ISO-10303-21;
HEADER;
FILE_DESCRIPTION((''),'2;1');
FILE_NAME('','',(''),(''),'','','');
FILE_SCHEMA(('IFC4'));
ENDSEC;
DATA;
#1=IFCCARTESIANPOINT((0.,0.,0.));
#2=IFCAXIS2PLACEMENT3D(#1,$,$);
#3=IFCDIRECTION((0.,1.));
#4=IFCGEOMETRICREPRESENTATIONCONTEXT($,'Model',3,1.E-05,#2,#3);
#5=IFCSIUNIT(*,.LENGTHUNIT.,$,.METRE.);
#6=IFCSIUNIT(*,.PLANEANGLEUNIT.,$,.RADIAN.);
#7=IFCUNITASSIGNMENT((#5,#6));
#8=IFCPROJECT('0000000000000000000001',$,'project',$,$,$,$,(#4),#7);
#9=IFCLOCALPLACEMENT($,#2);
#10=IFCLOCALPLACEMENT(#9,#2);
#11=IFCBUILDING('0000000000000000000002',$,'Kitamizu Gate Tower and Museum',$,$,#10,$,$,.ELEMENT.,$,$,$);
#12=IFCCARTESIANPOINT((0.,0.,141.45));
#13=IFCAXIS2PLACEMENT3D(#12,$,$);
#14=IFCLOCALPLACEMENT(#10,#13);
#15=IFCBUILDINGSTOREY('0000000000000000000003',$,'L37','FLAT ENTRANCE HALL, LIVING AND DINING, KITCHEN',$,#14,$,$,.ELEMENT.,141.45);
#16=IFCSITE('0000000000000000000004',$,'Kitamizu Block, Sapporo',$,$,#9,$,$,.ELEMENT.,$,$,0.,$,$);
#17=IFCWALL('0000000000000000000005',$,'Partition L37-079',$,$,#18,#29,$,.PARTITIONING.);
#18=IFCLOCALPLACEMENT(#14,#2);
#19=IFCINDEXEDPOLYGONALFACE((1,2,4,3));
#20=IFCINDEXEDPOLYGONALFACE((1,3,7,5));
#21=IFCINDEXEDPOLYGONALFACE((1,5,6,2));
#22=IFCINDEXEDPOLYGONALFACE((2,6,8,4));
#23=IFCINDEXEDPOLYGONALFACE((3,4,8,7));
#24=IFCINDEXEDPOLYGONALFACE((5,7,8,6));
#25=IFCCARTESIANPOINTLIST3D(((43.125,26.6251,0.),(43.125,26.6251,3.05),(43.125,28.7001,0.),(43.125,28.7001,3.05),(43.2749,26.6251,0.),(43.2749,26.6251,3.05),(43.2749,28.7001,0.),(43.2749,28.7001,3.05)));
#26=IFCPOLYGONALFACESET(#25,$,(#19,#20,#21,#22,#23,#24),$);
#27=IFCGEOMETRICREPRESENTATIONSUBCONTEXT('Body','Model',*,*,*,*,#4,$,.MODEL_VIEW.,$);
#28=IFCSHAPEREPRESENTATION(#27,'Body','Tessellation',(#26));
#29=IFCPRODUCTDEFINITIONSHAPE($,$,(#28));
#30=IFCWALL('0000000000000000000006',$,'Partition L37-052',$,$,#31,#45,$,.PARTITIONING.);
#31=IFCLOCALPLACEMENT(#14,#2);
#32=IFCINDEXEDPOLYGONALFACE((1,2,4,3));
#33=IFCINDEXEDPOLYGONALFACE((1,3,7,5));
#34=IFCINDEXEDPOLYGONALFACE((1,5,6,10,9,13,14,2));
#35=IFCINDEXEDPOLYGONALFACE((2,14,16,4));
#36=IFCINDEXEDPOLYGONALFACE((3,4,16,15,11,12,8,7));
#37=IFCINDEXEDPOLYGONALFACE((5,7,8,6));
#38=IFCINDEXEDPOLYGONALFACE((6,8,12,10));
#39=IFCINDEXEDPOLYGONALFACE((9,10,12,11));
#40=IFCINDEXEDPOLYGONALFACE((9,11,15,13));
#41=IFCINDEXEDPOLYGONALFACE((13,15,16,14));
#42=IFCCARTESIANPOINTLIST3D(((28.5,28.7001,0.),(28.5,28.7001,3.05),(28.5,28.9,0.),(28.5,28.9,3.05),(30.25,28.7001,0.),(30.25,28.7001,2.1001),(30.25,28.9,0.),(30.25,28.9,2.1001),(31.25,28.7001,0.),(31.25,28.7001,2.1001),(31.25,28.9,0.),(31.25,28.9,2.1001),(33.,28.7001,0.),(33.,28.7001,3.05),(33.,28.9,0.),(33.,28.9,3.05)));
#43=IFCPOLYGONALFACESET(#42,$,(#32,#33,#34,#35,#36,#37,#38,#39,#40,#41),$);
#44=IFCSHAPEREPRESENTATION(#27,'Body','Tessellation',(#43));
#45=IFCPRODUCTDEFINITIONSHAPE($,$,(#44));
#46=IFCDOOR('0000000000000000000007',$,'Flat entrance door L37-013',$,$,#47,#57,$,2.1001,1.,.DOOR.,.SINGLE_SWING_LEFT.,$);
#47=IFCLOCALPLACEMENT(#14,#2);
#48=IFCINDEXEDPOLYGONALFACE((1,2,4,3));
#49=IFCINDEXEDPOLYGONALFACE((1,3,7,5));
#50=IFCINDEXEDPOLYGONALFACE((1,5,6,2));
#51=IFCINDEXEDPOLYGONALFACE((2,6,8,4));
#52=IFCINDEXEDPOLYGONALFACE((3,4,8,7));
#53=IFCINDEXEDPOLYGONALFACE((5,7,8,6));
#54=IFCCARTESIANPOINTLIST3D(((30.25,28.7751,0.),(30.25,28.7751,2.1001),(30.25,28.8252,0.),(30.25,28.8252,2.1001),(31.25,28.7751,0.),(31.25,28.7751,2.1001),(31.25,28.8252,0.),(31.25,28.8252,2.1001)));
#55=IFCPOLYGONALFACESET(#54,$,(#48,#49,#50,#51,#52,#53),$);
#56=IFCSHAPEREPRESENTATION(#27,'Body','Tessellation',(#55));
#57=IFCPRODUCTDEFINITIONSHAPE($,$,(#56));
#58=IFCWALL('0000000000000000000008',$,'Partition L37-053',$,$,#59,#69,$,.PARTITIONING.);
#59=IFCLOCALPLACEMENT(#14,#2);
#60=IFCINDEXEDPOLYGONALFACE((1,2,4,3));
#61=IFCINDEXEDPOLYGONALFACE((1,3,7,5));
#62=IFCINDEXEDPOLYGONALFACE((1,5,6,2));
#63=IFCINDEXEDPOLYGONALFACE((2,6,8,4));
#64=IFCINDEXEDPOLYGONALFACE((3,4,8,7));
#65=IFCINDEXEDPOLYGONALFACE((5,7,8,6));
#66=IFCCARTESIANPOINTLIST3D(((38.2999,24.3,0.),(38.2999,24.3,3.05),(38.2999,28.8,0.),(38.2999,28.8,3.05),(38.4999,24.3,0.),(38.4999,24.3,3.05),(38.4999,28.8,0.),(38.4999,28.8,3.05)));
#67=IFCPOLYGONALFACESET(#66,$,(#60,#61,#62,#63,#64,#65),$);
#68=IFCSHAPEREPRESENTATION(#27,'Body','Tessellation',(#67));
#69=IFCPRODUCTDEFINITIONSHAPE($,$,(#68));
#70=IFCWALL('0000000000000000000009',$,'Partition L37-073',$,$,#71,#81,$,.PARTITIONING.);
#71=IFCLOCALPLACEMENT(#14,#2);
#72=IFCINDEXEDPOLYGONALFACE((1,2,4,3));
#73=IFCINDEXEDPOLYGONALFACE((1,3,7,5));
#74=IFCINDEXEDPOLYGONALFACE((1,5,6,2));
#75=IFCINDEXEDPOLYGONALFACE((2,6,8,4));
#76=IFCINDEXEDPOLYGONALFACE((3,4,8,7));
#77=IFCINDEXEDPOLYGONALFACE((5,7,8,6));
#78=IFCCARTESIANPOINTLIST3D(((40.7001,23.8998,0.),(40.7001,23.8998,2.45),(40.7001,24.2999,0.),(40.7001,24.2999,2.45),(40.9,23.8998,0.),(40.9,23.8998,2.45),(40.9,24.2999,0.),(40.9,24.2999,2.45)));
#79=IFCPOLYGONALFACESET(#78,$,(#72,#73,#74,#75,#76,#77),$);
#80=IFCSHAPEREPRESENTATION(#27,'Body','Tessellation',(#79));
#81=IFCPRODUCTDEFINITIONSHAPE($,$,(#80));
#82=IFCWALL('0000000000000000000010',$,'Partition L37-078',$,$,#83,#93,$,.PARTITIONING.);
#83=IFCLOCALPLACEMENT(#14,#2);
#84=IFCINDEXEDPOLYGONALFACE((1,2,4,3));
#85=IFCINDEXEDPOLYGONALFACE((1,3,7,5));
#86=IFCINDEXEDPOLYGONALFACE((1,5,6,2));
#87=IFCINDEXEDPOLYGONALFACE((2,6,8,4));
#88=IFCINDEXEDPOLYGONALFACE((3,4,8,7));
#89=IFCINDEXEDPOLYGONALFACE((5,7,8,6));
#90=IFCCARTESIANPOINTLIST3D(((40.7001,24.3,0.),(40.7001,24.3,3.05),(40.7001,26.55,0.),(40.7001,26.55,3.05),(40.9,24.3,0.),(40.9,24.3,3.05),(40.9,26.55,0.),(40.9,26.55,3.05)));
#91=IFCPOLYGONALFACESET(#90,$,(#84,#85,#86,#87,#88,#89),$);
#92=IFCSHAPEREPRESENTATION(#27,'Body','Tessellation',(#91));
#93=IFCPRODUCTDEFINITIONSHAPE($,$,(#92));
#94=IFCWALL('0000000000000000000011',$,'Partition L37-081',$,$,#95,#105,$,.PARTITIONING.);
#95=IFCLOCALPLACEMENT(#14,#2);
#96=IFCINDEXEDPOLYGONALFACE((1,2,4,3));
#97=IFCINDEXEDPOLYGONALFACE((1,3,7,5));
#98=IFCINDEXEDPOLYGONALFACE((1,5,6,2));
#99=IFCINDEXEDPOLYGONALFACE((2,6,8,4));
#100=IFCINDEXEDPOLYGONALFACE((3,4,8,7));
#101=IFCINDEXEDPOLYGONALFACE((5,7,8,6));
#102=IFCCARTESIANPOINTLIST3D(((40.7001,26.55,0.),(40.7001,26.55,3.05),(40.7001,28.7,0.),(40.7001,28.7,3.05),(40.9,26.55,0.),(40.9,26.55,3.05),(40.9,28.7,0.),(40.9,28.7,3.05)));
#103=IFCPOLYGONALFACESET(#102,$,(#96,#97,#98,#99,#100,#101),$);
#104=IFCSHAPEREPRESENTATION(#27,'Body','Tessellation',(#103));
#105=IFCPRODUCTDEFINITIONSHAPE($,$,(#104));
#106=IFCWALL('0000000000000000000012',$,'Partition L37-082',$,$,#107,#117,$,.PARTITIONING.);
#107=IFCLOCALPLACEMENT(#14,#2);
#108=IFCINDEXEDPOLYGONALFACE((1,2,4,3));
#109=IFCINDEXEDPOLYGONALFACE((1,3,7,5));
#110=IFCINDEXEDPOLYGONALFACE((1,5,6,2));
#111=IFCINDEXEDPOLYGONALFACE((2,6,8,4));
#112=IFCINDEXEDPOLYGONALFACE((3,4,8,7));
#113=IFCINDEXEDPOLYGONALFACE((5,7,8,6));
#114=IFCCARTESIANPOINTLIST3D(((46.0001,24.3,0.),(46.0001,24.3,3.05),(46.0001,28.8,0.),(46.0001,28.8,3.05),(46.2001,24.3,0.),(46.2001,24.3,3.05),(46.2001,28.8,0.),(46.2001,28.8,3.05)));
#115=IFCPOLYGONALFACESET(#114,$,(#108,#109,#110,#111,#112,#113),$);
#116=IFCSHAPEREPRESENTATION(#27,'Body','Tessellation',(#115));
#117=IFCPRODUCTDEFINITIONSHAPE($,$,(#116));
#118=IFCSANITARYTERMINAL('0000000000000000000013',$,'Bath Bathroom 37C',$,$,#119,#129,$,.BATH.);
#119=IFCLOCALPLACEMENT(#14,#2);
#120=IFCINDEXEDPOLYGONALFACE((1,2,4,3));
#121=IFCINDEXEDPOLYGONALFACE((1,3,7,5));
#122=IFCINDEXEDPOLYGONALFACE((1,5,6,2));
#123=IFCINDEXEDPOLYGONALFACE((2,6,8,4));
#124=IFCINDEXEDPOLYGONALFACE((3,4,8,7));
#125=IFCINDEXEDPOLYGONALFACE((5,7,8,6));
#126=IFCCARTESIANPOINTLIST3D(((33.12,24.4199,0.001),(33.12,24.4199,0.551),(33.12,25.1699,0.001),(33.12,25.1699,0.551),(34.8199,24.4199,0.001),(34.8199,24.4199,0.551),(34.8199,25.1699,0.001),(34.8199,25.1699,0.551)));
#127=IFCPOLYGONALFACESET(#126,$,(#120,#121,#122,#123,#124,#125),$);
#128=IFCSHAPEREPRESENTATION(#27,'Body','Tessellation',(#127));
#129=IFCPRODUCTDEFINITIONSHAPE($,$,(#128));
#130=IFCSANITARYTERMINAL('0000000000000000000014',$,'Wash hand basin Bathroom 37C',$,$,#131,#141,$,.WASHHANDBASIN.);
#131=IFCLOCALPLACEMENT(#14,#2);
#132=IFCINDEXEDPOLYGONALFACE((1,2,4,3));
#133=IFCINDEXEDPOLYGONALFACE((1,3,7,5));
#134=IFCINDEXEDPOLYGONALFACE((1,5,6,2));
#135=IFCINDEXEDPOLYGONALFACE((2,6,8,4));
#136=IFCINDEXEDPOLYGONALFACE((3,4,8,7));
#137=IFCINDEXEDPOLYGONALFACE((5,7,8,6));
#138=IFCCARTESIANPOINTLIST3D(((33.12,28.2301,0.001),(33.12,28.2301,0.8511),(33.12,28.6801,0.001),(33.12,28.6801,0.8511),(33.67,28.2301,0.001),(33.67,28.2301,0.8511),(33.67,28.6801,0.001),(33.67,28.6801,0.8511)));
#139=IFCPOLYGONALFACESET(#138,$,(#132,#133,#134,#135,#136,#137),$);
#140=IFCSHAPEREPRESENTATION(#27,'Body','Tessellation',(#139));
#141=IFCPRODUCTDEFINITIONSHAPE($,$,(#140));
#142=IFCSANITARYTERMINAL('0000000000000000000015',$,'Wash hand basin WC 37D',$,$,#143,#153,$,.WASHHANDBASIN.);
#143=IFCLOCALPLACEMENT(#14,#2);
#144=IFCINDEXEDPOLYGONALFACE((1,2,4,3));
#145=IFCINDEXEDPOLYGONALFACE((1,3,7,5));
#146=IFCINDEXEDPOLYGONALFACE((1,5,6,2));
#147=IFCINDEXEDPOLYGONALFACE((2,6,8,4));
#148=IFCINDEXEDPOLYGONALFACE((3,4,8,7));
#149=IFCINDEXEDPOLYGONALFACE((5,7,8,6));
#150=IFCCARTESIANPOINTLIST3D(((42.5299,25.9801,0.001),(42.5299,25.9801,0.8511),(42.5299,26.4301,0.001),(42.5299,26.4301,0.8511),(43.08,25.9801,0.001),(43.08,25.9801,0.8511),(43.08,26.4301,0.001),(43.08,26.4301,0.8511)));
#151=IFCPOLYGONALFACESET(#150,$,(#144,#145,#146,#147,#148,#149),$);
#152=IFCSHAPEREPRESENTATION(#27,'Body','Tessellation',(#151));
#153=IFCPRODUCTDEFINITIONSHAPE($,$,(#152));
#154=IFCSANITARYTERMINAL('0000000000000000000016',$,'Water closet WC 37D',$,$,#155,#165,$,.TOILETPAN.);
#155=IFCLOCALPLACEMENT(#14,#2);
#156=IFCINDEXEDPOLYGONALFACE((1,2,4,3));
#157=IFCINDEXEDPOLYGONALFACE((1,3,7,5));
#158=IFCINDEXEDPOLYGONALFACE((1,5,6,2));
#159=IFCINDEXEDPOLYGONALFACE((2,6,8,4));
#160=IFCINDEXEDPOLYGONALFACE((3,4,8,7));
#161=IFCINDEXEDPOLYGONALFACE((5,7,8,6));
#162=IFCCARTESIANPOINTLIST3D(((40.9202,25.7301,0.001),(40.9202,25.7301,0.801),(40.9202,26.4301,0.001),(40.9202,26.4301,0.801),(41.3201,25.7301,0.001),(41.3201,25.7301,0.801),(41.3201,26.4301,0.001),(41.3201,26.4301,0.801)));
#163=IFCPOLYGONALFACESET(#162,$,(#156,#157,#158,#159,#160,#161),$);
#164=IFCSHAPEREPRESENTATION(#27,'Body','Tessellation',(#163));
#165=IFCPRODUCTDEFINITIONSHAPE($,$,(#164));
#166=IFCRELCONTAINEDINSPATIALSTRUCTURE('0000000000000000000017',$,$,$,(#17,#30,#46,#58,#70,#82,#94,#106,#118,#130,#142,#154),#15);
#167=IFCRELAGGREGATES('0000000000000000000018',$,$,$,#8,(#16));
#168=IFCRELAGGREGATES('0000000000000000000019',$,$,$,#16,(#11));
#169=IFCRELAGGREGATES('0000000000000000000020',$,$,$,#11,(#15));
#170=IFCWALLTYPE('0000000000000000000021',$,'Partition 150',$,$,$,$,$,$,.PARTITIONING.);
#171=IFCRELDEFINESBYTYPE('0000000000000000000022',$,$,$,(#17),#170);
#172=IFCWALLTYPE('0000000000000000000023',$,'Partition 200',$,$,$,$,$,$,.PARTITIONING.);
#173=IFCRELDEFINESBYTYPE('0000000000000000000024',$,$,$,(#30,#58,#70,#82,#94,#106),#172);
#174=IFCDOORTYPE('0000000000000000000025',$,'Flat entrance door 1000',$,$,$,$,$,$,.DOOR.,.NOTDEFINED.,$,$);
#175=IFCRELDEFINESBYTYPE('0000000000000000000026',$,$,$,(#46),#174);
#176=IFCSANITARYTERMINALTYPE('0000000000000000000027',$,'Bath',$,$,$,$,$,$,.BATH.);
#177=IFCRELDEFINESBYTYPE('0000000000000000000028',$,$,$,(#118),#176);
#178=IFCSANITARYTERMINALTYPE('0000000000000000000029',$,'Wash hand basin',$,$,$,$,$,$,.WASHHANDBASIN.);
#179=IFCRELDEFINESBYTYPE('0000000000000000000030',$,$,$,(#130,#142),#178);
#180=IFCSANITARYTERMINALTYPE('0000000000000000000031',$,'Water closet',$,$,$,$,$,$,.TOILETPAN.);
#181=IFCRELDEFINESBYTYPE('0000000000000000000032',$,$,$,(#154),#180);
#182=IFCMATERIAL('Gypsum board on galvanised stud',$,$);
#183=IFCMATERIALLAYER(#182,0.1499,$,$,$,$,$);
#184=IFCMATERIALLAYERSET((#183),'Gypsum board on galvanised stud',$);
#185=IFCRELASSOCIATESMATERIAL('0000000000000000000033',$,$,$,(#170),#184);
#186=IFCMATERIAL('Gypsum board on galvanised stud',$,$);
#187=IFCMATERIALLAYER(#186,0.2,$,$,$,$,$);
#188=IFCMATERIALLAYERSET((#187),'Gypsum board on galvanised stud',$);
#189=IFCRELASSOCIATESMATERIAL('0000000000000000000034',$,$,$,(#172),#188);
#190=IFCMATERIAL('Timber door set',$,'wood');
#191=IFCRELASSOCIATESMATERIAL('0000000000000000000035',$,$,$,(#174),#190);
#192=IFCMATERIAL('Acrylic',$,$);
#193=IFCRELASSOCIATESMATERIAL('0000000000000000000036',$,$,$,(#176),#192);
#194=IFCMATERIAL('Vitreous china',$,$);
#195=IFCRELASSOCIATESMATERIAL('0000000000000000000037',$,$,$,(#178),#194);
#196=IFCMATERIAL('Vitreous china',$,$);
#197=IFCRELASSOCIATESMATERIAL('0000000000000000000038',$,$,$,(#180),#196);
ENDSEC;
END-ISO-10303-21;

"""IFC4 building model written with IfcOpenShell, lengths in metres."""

from ifc_helpers import new_model, si_unit, direction, frame, frame_2d, origin, origin_2d, place, context, subcontext, project, spatial, rectangle, extrude, material, layer, layer_set, type_object, element, fill, save


model = new_model("IFC4")

# Units and contexts
model_context = context("Model", 3, precision=1e-05, world=origin(), true_north=direction((0.0, 1.0)))
body_context = subcontext(model_context, "Body", "Model", "MODEL_VIEW")
ifc_project = project(units=[si_unit("LENGTHUNIT", "METRE"), si_unit("PLANEANGLEUNIT", "RADIAN")], contexts=[model_context])

# Site, building, storey
site_placement = place(None, origin())
site = spatial("IfcSite", under=ifc_project, at=site_placement, Name="Kitamizu Block, Sapporo", CompositionType="ELEMENT", RefElevation=0.0)
building_placement = place(site_placement, origin())
building = spatial("IfcBuilding", under=site, at=building_placement, Name="Kitamizu Gate Tower and Museum", CompositionType="ELEMENT")
storey_placement = place(building_placement, frame((0.0, 0.0, 141.45)))
storey = spatial("IfcBuildingStorey", under=building, at=storey_placement, Name="L37", Description="FLAT ENTRANCE HALL, LIVING AND DINING, KITCHEN", CompositionType="ELEMENT", Elevation=141.45)

# Shared definitions
ifc_material_1 = material(Name="Gypsum board on galvanised stud")
ifc_layer_1 = layer(ifc_material_1, 0.1499)
ifc_layer_set_1 = layer_set([ifc_layer_1], Name="Gypsum board on galvanised stud")
wall_type_1 = type_object("IfcWallType", Name="Partition 150", PredefinedType="PARTITIONING", material=ifc_layer_set_1)

# Wall
wall_1_placement = place(storey_placement, frame((43.2, 26.625, 0.0), z_axis=(0.0, 0.0, 1.0), x_axis=(0.0, 1.0, 0.0)))
element("IfcWall", 1, at=wall_1_placement, inside=storey, type_object=wall_type_1, Name="Partition L37-079", PredefinedType="PARTITIONING", context=body_context, shape_type="SweptSolid", body=[
    extrude(rectangle(XDim=2.075, YDim=0.1499, at=frame_2d((1.0376, 0.0))), origin(), (0.0, 0.0, 1.0), 3.05),
])

# Wall, opening, door
ifc_material_2 = material(Name="Gypsum board on galvanised stud")
ifc_layer_2 = layer(ifc_material_2, 0.2)
ifc_layer_set_2 = layer_set([ifc_layer_2], Name="Gypsum board on galvanised stud")
wall_type_2 = type_object("IfcWallType", Name="Partition 200", PredefinedType="PARTITIONING", material=ifc_layer_set_2)
wall_2_placement = place(storey_placement, frame((33.0, 28.8, 0.0), z_axis=(0.0, 0.0, 1.0), x_axis=(-1.0, 0.0, 0.0)))
wall_2 = element("IfcWall", 2, at=wall_2_placement, inside=storey, type_object=wall_type_2, Name="Partition L37-052", PredefinedType="PARTITIONING", context=body_context, shape_type="SweptSolid", body=[
    extrude(rectangle(XDim=4.5, YDim=0.2, at=frame_2d((2.25, 0.0))), origin(), (0.0, 0.0, 1.0), 3.05),
])
opening_1_placement = place(wall_2_placement, frame((1.75, 0.0, 0.0)))
opening_1 = element("IfcOpeningElement", 3, at=opening_1_placement, cuts=wall_2, PredefinedType="OPENING", context=body_context, shape_type="SweptSolid", body=[
    extrude(rectangle(XDim=1.0, YDim=2.1001, at=frame_2d((0.5, 1.05))), frame((0.0, 0.1099, 0.0), z_axis=(0.0, -1.0, 0.0), x_axis=(1.0, 0.0, 0.0)), (0.0, 0.0, 1.0), 0.22),
])
ifc_material_3 = material(Name="Timber door set", Category="wood")
door_type_1 = type_object("IfcDoorType", Name="Flat entrance door 1000", OperationType="NOTDEFINED", PredefinedType="DOOR", material=ifc_material_3)
door_1_placement = place(opening_1_placement, origin())
door_1 = element("IfcDoor", 4, at=door_1_placement, inside=storey, type_object=door_type_1, Name="Flat entrance door L37-013", OperationType="SINGLE_SWING_LEFT", OverallHeight=2.1001, OverallWidth=1.0, PredefinedType="DOOR", context=body_context, shape_type="SweptSolid", body=[
    extrude(rectangle(XDim=1.0, YDim=2.1001, at=frame_2d((0.5, 1.05))), frame((0.0, 0.0249, 0.0), z_axis=(0.0, -1.0, 0.0), x_axis=(1.0, 0.0, 0.0)), (0.0, 0.0, 1.0), 0.05),
])
fill(opening_1, door_1)

# Walls
wall_3_placement = place(storey_placement, frame((38.3999, 24.3, 0.0), z_axis=(0.0, 0.0, 1.0), x_axis=(0.0, 1.0, 0.0)))
element("IfcWall", 5, at=wall_3_placement, inside=storey, type_object=wall_type_2, Name="Partition L37-053", PredefinedType="PARTITIONING", context=body_context, shape_type="SweptSolid", body=[
    extrude(rectangle(XDim=4.5, YDim=0.2, at=frame_2d((2.25, 0.0))), origin(), (0.0, 0.0, 1.0), 3.05),
])
wall_4_placement = place(storey_placement, frame((40.8, 24.3, 0.0), z_axis=(0.0, 0.0, 1.0), x_axis=(0.0, -1.0, 0.0)))
element("IfcWall", 6, at=wall_4_placement, inside=storey, type_object=wall_type_2, Name="Partition L37-073", PredefinedType="PARTITIONING", context=body_context, shape_type="SweptSolid", body=[
    extrude(rectangle(XDim=0.4001, YDim=0.2, at=frame_2d((0.2002, 0.0))), origin(), (0.0, 0.0, 1.0), 2.45),
])
wall_5_placement = place(storey_placement, frame((40.8, 26.55, 0.0), z_axis=(0.0, 0.0, 1.0), x_axis=(0.0, -1.0, 0.0)))
element("IfcWall", 7, at=wall_5_placement, inside=storey, type_object=wall_type_2, Name="Partition L37-078", PredefinedType="PARTITIONING", context=body_context, shape_type="SweptSolid", body=[
    extrude(rectangle(XDim=2.25, YDim=0.2, at=frame_2d((1.125, 0.0))), origin(), (0.0, 0.0, 1.0), 3.05),
])
wall_6_placement = place(storey_placement, frame((40.8, 28.7, 0.0), z_axis=(0.0, 0.0, 1.0), x_axis=(0.0, -1.0, 0.0)))
element("IfcWall", 8, at=wall_6_placement, inside=storey, type_object=wall_type_2, Name="Partition L37-081", PredefinedType="PARTITIONING", context=body_context, shape_type="SweptSolid", body=[
    extrude(rectangle(XDim=2.1499, YDim=0.2, at=frame_2d((1.075, 0.0))), origin(), (0.0, 0.0, 1.0), 3.05),
])
wall_7_placement = place(storey_placement, frame((46.1001, 24.3, 0.0), z_axis=(0.0, 0.0, 1.0), x_axis=(0.0, 1.0, 0.0)))
element("IfcWall", 9, at=wall_7_placement, inside=storey, type_object=wall_type_2, Name="Partition L37-082", PredefinedType="PARTITIONING", context=body_context, shape_type="SweptSolid", body=[
    extrude(rectangle(XDim=4.5, YDim=0.2, at=frame_2d((2.25, 0.0))), origin(), (0.0, 0.0, 1.0), 3.05),
])

# Sanitary terminals
ifc_material_4 = material(Name="Acrylic")
sanitary_terminal_type_1 = type_object("IfcSanitaryTerminalType", Name="Bath", PredefinedType="BATH", material=ifc_material_4)
sanitary_terminal_1_placement = place(storey_placement, frame((33.97, 24.7949, 0.001), z_axis=(0.0, 0.0, 1.0), x_axis=(1.0, 0.0, 0.0)))
element("IfcSanitaryTerminal", 10, at=sanitary_terminal_1_placement, inside=storey, type_object=sanitary_terminal_type_1, Name="Bath Bathroom 37C", PredefinedType="BATH", context=body_context, shape_type="SweptSolid", body=[
    extrude(rectangle(XDim=1.7, YDim=0.75, at=origin_2d()), origin(), (0.0, 0.0, 1.0), 0.55),
])
ifc_material_5 = material(Name="Vitreous china")
sanitary_terminal_type_2 = type_object("IfcSanitaryTerminalType", Name="Wash hand basin", PredefinedType="WASHHANDBASIN", material=ifc_material_5)
for number, where, z_axis, x_axis, name in (
    (11, (33.395, 28.4551, 0.001), (0.0, 0.0, 1.0), (1.0, 0.0, 0.0), "Wash hand basin Bathroom 37C"),
    (12, (42.8049, 26.2051, 0.001), (0.0, 0.0, 1.0), (1.0, 0.0, 0.0), "Wash hand basin WC 37D"),
):
    element("IfcSanitaryTerminal", number, at=place(storey_placement, frame(where, z_axis=z_axis, x_axis=x_axis)), inside=storey, type_object=sanitary_terminal_type_2, Name=name, PredefinedType="WASHHANDBASIN", context=body_context, shape_type="SweptSolid", body=[
        extrude(rectangle(XDim=0.55, YDim=0.45, at=origin_2d()), origin(), (0.0, 0.0, 1.0), 0.8501),
    ])
ifc_material_6 = material(Name="Vitreous china")
sanitary_terminal_type_3 = type_object("IfcSanitaryTerminalType", Name="Water closet", PredefinedType="TOILETPAN", material=ifc_material_6)
sanitary_terminal_2_placement = place(storey_placement, frame((41.1201, 26.0801, 0.001), z_axis=(0.0, 0.0, 1.0), x_axis=(1.0, 0.0, 0.0)))
element("IfcSanitaryTerminal", 13, at=sanitary_terminal_2_placement, inside=storey, type_object=sanitary_terminal_type_3, Name="Water closet WC 37D", PredefinedType="TOILETPAN", context=body_context, shape_type="SweptSolid", body=[
    extrude(rectangle(XDim=0.3999, YDim=0.7, at=origin_2d()), origin(), (0.0, 0.0, 1.0), 0.8),
])

save(model, "model.ifc")
